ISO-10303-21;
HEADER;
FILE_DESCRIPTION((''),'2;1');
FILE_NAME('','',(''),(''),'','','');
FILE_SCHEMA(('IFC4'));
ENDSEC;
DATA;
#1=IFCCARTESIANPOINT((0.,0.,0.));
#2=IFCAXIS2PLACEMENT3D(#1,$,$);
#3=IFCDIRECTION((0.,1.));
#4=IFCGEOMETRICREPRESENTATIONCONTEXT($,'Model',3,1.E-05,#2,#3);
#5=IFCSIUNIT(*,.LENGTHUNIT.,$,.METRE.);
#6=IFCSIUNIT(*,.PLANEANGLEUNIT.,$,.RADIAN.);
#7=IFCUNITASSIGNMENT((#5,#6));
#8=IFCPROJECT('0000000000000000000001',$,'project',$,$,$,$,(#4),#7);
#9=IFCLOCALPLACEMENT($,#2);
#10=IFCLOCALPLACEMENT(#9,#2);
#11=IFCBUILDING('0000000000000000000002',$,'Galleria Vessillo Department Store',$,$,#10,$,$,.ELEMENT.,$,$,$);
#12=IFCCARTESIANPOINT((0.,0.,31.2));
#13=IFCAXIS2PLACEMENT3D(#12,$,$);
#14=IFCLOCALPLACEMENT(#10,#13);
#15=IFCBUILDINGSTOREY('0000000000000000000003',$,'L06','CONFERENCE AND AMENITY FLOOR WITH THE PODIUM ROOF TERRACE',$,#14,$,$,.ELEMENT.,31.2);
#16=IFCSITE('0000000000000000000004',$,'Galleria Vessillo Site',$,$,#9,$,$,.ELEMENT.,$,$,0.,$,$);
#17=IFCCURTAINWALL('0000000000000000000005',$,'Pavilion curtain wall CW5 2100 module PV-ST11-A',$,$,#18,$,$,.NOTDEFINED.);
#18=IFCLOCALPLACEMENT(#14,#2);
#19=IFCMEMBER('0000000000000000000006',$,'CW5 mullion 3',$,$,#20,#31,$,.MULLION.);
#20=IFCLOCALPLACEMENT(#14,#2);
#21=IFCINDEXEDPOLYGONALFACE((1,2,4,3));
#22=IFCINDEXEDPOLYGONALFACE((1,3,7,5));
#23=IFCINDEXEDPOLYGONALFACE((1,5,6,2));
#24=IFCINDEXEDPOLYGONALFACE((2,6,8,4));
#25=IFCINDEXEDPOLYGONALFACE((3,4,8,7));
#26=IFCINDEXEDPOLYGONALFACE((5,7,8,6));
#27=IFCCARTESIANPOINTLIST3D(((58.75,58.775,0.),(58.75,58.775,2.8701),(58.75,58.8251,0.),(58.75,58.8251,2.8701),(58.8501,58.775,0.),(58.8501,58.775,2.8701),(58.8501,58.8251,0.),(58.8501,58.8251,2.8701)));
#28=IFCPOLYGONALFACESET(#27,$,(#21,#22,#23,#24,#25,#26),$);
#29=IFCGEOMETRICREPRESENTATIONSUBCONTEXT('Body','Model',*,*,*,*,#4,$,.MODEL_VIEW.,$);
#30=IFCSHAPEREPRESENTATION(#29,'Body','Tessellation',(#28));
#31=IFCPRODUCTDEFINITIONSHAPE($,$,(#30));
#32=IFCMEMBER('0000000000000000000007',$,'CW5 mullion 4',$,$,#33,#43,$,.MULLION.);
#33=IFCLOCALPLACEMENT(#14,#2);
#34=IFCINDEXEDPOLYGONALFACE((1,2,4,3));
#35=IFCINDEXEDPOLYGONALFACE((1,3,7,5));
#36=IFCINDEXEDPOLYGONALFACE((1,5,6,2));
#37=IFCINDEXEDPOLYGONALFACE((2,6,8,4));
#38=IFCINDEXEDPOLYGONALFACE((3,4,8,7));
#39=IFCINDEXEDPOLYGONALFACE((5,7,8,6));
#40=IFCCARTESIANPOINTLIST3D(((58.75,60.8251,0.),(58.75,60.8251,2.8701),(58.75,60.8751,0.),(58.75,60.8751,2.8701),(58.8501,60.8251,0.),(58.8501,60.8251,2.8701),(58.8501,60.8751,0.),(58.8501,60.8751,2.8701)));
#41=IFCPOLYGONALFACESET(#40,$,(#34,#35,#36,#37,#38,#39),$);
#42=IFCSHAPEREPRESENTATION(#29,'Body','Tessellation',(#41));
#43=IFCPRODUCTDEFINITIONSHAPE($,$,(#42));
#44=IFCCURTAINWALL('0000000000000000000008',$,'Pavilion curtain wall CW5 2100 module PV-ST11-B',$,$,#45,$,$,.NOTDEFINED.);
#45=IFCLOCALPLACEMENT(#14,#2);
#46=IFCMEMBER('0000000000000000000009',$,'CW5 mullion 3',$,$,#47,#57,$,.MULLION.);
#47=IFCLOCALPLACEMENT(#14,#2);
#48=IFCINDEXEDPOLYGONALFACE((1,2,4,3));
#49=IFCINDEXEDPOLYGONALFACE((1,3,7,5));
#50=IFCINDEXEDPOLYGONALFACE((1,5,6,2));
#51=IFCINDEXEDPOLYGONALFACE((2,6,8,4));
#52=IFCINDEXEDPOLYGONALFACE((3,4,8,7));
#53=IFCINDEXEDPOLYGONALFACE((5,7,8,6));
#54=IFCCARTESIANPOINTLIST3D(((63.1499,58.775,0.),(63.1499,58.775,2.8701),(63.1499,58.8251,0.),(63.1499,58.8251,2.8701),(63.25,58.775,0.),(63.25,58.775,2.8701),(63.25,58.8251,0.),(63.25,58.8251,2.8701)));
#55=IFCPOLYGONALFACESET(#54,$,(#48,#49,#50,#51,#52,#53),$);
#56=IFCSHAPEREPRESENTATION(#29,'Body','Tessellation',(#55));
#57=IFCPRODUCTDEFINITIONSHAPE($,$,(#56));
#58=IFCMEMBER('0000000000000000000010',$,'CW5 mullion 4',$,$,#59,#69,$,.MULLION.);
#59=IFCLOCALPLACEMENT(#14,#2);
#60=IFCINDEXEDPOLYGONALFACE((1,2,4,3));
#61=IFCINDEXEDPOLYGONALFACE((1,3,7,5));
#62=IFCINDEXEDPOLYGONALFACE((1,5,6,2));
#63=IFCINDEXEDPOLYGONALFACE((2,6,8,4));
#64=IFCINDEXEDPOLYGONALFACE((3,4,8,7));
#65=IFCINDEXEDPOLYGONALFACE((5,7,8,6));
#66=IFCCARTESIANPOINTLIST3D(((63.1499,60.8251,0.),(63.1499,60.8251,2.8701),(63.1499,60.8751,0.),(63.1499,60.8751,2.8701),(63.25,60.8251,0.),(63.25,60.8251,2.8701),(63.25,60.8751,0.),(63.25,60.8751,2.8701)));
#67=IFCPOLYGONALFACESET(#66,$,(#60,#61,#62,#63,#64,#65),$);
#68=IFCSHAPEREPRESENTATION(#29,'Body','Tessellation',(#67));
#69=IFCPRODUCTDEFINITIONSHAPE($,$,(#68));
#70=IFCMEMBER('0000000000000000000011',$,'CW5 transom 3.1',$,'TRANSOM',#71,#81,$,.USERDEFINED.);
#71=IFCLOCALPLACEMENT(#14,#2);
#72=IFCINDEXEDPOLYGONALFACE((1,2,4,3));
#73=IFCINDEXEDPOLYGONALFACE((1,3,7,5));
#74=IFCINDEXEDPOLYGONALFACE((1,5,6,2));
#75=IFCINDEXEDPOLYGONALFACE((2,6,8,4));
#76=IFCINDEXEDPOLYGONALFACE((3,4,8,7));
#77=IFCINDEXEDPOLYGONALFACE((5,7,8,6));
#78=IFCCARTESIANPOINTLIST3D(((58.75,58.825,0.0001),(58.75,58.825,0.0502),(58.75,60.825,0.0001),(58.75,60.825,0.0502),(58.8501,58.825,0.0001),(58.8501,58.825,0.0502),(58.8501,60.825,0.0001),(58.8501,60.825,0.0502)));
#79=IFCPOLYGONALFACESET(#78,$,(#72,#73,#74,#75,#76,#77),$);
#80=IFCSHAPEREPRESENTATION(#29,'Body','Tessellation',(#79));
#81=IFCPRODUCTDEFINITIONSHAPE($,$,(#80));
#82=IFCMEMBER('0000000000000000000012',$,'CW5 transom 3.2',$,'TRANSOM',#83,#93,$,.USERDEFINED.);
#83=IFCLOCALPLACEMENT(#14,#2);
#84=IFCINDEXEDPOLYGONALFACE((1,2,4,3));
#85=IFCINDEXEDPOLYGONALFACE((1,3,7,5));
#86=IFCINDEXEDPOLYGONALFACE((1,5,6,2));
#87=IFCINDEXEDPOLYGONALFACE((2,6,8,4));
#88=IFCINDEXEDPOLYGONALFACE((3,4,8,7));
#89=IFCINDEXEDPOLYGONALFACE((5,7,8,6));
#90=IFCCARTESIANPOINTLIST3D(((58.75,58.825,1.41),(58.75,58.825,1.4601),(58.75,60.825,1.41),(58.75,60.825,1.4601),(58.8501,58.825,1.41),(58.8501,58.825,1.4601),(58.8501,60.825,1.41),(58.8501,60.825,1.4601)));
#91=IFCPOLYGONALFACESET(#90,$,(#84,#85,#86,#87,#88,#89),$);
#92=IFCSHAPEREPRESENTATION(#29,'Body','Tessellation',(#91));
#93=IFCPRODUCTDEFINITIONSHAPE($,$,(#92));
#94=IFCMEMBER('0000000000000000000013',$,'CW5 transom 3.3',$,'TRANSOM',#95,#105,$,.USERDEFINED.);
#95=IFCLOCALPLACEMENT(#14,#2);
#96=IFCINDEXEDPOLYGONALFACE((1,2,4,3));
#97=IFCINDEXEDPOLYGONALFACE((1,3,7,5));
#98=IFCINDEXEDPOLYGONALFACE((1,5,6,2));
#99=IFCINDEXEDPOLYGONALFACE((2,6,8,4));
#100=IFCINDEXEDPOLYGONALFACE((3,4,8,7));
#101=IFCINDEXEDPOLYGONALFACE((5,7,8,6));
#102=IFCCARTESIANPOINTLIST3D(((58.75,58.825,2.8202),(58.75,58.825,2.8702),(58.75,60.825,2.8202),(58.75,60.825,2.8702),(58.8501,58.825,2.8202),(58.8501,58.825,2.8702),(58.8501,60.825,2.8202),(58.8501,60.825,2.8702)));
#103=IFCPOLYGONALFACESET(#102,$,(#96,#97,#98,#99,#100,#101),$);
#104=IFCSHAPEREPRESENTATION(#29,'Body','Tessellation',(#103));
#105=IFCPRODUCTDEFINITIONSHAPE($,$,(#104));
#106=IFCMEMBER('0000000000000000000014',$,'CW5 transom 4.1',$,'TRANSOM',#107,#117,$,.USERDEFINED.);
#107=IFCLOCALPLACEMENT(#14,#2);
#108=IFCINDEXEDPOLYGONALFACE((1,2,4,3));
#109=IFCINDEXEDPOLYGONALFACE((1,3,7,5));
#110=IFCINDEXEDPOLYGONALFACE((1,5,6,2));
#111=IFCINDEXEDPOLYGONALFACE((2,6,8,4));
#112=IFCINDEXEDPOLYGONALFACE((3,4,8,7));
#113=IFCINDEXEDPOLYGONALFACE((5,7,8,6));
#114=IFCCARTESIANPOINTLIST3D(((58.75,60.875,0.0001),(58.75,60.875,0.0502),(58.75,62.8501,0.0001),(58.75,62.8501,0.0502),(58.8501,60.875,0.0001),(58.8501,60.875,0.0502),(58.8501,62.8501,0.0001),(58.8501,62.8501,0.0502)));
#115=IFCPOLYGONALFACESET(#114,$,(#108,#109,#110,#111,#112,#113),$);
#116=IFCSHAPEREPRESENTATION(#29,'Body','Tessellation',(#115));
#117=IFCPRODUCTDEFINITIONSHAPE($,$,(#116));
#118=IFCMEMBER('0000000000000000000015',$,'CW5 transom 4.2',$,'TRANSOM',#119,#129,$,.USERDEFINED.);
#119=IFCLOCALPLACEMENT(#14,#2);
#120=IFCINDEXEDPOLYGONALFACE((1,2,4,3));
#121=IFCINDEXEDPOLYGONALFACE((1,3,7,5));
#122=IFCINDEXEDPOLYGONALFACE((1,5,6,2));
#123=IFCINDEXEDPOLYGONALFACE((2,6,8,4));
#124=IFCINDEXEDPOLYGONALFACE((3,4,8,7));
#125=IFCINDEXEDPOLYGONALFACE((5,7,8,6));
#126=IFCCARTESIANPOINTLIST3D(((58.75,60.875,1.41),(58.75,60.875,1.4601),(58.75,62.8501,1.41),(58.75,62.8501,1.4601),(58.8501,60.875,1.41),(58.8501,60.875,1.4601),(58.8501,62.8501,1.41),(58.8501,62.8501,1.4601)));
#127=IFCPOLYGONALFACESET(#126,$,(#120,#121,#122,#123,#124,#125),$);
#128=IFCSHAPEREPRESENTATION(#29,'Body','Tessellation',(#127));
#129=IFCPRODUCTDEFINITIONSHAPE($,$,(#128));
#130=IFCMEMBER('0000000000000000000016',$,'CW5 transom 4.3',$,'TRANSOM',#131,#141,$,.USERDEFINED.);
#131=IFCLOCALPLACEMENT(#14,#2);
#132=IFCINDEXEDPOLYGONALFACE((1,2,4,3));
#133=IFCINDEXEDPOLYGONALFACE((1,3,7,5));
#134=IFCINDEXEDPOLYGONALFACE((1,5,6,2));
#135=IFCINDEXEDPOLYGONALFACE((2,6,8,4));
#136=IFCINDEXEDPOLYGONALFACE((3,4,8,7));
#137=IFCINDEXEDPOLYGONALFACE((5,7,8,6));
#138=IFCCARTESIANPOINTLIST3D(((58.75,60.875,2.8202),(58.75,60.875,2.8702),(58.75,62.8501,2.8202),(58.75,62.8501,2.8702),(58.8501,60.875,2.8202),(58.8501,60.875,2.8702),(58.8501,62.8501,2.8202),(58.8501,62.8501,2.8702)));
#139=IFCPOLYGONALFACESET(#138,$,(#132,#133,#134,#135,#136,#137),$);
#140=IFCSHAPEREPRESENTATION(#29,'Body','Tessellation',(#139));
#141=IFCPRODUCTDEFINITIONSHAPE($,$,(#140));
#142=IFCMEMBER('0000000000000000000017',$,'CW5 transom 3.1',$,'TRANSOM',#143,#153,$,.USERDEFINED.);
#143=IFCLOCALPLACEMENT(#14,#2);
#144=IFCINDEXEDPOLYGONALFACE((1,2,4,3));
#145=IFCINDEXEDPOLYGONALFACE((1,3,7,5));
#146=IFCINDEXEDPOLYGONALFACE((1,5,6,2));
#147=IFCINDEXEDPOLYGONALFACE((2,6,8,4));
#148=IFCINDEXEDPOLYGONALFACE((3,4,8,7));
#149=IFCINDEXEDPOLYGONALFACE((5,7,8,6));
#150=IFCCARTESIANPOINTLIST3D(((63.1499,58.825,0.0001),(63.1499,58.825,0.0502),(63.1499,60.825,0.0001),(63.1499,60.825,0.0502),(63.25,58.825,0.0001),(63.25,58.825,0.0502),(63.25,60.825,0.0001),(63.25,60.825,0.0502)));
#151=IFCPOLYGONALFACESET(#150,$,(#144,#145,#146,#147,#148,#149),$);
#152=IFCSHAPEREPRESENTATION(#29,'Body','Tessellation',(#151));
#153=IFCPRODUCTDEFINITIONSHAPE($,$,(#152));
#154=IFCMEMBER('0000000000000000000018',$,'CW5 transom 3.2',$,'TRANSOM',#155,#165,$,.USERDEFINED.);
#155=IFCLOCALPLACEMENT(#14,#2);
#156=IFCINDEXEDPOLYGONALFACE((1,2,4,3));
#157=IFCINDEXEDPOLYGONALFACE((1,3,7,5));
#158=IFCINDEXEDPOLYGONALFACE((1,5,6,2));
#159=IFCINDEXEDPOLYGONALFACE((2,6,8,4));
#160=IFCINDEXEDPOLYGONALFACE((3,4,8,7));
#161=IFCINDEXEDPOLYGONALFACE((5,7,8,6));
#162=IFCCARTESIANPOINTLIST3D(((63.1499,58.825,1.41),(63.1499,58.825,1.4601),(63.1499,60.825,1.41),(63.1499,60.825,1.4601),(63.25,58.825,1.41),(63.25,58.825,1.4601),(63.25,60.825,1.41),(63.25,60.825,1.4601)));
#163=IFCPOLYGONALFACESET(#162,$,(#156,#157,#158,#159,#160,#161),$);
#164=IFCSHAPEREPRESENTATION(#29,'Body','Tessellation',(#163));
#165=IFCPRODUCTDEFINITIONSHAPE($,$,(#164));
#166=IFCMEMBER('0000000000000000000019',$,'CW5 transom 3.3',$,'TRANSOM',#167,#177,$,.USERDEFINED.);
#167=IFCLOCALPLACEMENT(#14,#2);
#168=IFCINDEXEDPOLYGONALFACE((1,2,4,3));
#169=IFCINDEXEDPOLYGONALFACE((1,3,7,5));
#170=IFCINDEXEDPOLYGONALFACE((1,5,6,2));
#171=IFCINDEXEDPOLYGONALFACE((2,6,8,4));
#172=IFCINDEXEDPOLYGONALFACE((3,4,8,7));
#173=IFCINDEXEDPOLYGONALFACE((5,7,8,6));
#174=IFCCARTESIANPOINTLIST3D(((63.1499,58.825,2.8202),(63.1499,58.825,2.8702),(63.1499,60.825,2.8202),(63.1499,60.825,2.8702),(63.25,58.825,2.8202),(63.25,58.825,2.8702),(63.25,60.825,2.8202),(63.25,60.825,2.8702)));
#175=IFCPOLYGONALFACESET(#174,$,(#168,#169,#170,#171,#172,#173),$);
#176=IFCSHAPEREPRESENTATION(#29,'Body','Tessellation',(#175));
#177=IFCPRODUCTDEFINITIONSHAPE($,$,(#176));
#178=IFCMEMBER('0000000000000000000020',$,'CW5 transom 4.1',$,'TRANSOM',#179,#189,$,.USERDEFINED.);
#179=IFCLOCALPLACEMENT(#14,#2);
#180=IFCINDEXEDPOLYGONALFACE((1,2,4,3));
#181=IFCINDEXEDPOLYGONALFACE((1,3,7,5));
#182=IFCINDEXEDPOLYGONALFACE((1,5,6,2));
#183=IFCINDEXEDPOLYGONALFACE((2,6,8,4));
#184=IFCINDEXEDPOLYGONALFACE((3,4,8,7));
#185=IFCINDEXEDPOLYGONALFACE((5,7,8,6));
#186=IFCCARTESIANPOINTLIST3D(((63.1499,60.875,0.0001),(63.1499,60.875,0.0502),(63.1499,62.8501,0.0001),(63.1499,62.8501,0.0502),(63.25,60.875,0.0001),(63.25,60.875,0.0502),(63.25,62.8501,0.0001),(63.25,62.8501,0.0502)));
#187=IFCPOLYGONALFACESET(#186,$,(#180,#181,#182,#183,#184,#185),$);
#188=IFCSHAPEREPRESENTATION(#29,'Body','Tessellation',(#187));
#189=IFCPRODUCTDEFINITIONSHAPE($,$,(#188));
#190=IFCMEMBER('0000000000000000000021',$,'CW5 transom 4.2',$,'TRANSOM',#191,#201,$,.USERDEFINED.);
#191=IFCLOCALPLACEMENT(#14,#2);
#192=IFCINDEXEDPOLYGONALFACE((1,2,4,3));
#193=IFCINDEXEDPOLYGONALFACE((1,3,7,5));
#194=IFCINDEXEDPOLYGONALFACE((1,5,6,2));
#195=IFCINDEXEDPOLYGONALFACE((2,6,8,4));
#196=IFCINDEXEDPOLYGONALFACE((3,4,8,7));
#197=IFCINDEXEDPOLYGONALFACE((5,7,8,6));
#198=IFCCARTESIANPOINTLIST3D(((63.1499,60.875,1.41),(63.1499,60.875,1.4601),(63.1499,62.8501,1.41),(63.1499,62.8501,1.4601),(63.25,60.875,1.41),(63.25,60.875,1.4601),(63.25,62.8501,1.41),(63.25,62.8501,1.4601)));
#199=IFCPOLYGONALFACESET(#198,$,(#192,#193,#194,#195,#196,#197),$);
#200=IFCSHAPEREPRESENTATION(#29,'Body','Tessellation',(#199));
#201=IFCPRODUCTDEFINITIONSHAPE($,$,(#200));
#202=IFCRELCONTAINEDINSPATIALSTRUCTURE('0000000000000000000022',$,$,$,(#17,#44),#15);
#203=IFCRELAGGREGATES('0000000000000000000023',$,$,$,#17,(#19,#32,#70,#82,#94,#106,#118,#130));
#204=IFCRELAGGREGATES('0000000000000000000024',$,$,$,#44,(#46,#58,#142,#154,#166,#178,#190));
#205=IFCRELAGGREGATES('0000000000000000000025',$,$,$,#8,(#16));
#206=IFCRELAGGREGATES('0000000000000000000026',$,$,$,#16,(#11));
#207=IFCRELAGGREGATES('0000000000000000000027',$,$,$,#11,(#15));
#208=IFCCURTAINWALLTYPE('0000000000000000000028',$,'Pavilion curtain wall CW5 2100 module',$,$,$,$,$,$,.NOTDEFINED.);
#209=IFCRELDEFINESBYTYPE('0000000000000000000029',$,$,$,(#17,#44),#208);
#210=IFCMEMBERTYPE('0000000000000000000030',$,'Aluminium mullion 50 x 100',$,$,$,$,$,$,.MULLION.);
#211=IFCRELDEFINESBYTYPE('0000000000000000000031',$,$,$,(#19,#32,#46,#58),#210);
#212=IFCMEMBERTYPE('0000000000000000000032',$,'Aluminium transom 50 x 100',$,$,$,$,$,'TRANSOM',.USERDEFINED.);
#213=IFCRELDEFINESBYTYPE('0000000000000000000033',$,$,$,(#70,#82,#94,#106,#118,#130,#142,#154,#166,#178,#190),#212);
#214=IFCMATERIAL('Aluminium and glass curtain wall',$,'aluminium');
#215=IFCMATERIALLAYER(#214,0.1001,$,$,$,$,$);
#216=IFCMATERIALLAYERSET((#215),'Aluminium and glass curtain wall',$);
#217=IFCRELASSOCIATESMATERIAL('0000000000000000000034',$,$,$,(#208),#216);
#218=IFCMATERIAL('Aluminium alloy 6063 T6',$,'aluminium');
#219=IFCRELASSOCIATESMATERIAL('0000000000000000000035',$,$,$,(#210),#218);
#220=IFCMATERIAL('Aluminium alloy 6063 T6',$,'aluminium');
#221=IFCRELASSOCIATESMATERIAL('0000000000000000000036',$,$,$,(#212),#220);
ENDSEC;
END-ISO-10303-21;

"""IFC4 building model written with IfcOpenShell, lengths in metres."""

from ifc_helpers import new_model, si_unit, direction, frame, origin, origin_2d, place, context, subcontext, project, spatial, rectangle, extrude, material, layer, layer_set, material_profile, profile_set, type_object, element, aggregate, save


model = new_model("IFC4")

# Units and contexts
model_context = context("Model", 3, precision=1e-05, world=origin(), true_north=direction((0.0, 1.0)))
body_context = subcontext(model_context, "Body", "Model", "MODEL_VIEW")
ifc_project = project(units=[si_unit("LENGTHUNIT", "METRE"), si_unit("PLANEANGLEUNIT", "RADIAN")], contexts=[model_context])

# Site, building, storey
site_placement = place(None, origin())
site = spatial("IfcSite", under=ifc_project, at=site_placement, Name="Galleria Vessillo Site", CompositionType="ELEMENT", RefElevation=0.0)
building_placement = place(site_placement, origin())
building = spatial("IfcBuilding", under=site, at=building_placement, Name="Galleria Vessillo Department Store", CompositionType="ELEMENT")
storey_placement = place(building_placement, frame((0.0, 0.0, 31.2)))
storey = spatial("IfcBuildingStorey", under=building, at=storey_placement, Name="L06", Description="CONFERENCE AND AMENITY FLOOR WITH THE PODIUM ROOF TERRACE", CompositionType="ELEMENT", Elevation=31.2)

# Curtain walls, members
ifc_material_1 = material(Name="Aluminium and glass curtain wall", Category="aluminium")
ifc_layer_1 = layer(ifc_material_1, 0.1001)
ifc_layer_set_1 = layer_set([ifc_layer_1], Name="Aluminium and glass curtain wall")
curtain_wall_type = type_object("IfcCurtainWallType", Name="Pavilion curtain wall CW5 2100 module", PredefinedType="NOTDEFINED", material=ifc_layer_set_1)
curtain_wall_1_placement = place(storey_placement, origin())
curtain_wall_1 = element("IfcCurtainWall", 1, at=curtain_wall_1_placement, inside=storey, type_object=curtain_wall_type, Name="Pavilion curtain wall CW5 2100 module PV-ST11-A", PredefinedType="NOTDEFINED")
ifc_material_2 = material(Name="Aluminium alloy 6063 T6", Category="aluminium")
ifc_material_profile_1 = material_profile(ifc_material_2, rectangle(XDim=0.1001, YDim=0.05, at=origin_2d()), Name="AL 50x100")
ifc_profile_set_1 = profile_set([ifc_material_profile_1], Name="Aluminium alloy 6063 T6")
member_type_1 = type_object("IfcMemberType", Name="Aluminium mullion 50 x 100", PredefinedType="MULLION", material=ifc_profile_set_1)
member_1_placement = place(storey_placement, frame((58.8, 58.8, 0.0), z_axis=(0.0, 0.0, 1.0), x_axis=(-1.0, 0.0, 0.0)))
member_1 = element("IfcMember", 2, at=member_1_placement, type_object=member_type_1, Name="CW5 mullion 3", PredefinedType="MULLION", context=body_context, shape_type="SweptSolid", body=[
    extrude(rectangle(XDim=0.1001, YDim=0.05, at=origin_2d()), origin(), (0.0, 0.0, 1.0), 2.8701),
])
member_2_placement = place(storey_placement, frame((58.8, 60.8501, 0.0), z_axis=(0.0, 0.0, 1.0), x_axis=(-1.0, 0.0, 0.0)))
member_2 = element("IfcMember", 3, at=member_2_placement, type_object=member_type_1, Name="CW5 mullion 4", PredefinedType="MULLION", context=body_context, shape_type="SweptSolid", body=[
    extrude(rectangle(XDim=0.1001, YDim=0.05, at=origin_2d()), origin(), (0.0, 0.0, 1.0), 2.8701),
])
curtain_wall_2_placement = place(storey_placement, origin())
curtain_wall_2 = element("IfcCurtainWall", 4, at=curtain_wall_2_placement, inside=storey, type_object=curtain_wall_type, Name="Pavilion curtain wall CW5 2100 module PV-ST11-B", PredefinedType="NOTDEFINED")
member_3_placement = place(storey_placement, frame((63.2, 58.8, 0.0), z_axis=(0.0, 0.0, 1.0), x_axis=(-1.0, 0.0, 0.0)))
member_3 = element("IfcMember", 5, at=member_3_placement, type_object=member_type_1, Name="CW5 mullion 3", PredefinedType="MULLION", context=body_context, shape_type="SweptSolid", body=[
    extrude(rectangle(XDim=0.1001, YDim=0.05, at=origin_2d()), origin(), (0.0, 0.0, 1.0), 2.8701),
])
member_4_placement = place(storey_placement, frame((63.2, 60.8501, 0.0), z_axis=(0.0, 0.0, 1.0), x_axis=(-1.0, 0.0, 0.0)))
member_4 = element("IfcMember", 6, at=member_4_placement, type_object=member_type_1, Name="CW5 mullion 4", PredefinedType="MULLION", context=body_context, shape_type="SweptSolid", body=[
    extrude(rectangle(XDim=0.1001, YDim=0.05, at=origin_2d()), origin(), (0.0, 0.0, 1.0), 2.8701),
])

# Members
ifc_material_3 = material(Name="Aluminium alloy 6063 T6", Category="aluminium")
ifc_material_profile_2 = material_profile(ifc_material_3, rectangle(XDim=0.1001, YDim=0.05, at=origin_2d()), Name="AL 50x100")
ifc_profile_set_2 = profile_set([ifc_material_profile_2], Name="Aluminium alloy 6063 T6")
member_type_2 = type_object("IfcMemberType", Name="Aluminium transom 50 x 100", ElementType="TRANSOM", PredefinedType="USERDEFINED", material=ifc_profile_set_2)
member_5_placement = place(storey_placement, frame((58.8, 58.825, 0.0251), z_axis=(0.0, 1.0, 0.0), x_axis=(-1.0, 0.0, 0.0)))
member_5 = element("IfcMember", 7, at=member_5_placement, type_object=member_type_2, Name="CW5 transom 3.1", ObjectType="TRANSOM", PredefinedType="USERDEFINED", context=body_context, shape_type="SweptSolid", body=[
    extrude(rectangle(XDim=0.1001, YDim=0.05, at=origin_2d()), origin(), (0.0, 0.0, 1.0), 2.0),
])
member_6_placement = place(storey_placement, frame((58.8, 58.825, 1.4351), z_axis=(0.0, 1.0, 0.0), x_axis=(-1.0, 0.0, 0.0)))
member_6 = element("IfcMember", 8, at=member_6_placement, type_object=member_type_2, Name="CW5 transom 3.2", ObjectType="TRANSOM", PredefinedType="USERDEFINED", context=body_context, shape_type="SweptSolid", body=[
    extrude(rectangle(XDim=0.1001, YDim=0.05, at=origin_2d()), origin(), (0.0, 0.0, 1.0), 2.0),
])
member_7_placement = place(storey_placement, frame((58.8, 58.825, 2.8452), z_axis=(0.0, 1.0, 0.0), x_axis=(-1.0, 0.0, 0.0)))
member_7 = element("IfcMember", 9, at=member_7_placement, type_object=member_type_2, Name="CW5 transom 3.3", ObjectType="TRANSOM", PredefinedType="USERDEFINED", context=body_context, shape_type="SweptSolid", body=[
    extrude(rectangle(XDim=0.1001, YDim=0.05, at=origin_2d()), origin(), (0.0, 0.0, 1.0), 2.0),
])
member_8_placement = place(storey_placement, frame((58.8, 60.875, 0.0251), z_axis=(0.0, 1.0, 0.0), x_axis=(-1.0, 0.0, 0.0)))
member_8 = element("IfcMember", 10, at=member_8_placement, type_object=member_type_2, Name="CW5 transom 4.1", ObjectType="TRANSOM", PredefinedType="USERDEFINED", context=body_context, shape_type="SweptSolid", body=[
    extrude(rectangle(XDim=0.1001, YDim=0.05, at=origin_2d()), origin(), (0.0, 0.0, 1.0), 1.9751),
])
member_9_placement = place(storey_placement, frame((58.8, 60.875, 1.4351), z_axis=(0.0, 1.0, 0.0), x_axis=(-1.0, 0.0, 0.0)))
member_9 = element("IfcMember", 11, at=member_9_placement, type_object=member_type_2, Name="CW5 transom 4.2", ObjectType="TRANSOM", PredefinedType="USERDEFINED", context=body_context, shape_type="SweptSolid", body=[
    extrude(rectangle(XDim=0.1001, YDim=0.05, at=origin_2d()), origin(), (0.0, 0.0, 1.0), 1.9751),
])
member_10_placement = place(storey_placement, frame((58.8, 60.875, 2.8452), z_axis=(0.0, 1.0, 0.0), x_axis=(-1.0, 0.0, 0.0)))
member_10 = element("IfcMember", 12, at=member_10_placement, type_object=member_type_2, Name="CW5 transom 4.3", ObjectType="TRANSOM", PredefinedType="USERDEFINED", context=body_context, shape_type="SweptSolid", body=[
    extrude(rectangle(XDim=0.1001, YDim=0.05, at=origin_2d()), origin(), (0.0, 0.0, 1.0), 1.9751),
])
member_11_placement = place(storey_placement, frame((63.2, 58.825, 0.0251), z_axis=(0.0, 1.0, 0.0), x_axis=(-1.0, 0.0, 0.0)))
member_11 = element("IfcMember", 13, at=member_11_placement, type_object=member_type_2, Name="CW5 transom 3.1", ObjectType="TRANSOM", PredefinedType="USERDEFINED", context=body_context, shape_type="SweptSolid", body=[
    extrude(rectangle(XDim=0.1001, YDim=0.05, at=origin_2d()), origin(), (0.0, 0.0, 1.0), 2.0),
])
member_12_placement = place(storey_placement, frame((63.2, 58.825, 1.4351), z_axis=(0.0, 1.0, 0.0), x_axis=(-1.0, 0.0, 0.0)))
member_12 = element("IfcMember", 14, at=member_12_placement, type_object=member_type_2, Name="CW5 transom 3.2", ObjectType="TRANSOM", PredefinedType="USERDEFINED", context=body_context, shape_type="SweptSolid", body=[
    extrude(rectangle(XDim=0.1001, YDim=0.05, at=origin_2d()), origin(), (0.0, 0.0, 1.0), 2.0),
])
member_13_placement = place(storey_placement, frame((63.2, 58.825, 2.8452), z_axis=(0.0, 1.0, 0.0), x_axis=(-1.0, 0.0, 0.0)))
member_13 = element("IfcMember", 15, at=member_13_placement, type_object=member_type_2, Name="CW5 transom 3.3", ObjectType="TRANSOM", PredefinedType="USERDEFINED", context=body_context, shape_type="SweptSolid", body=[
    extrude(rectangle(XDim=0.1001, YDim=0.05, at=origin_2d()), origin(), (0.0, 0.0, 1.0), 2.0),
])
member_14_placement = place(storey_placement, frame((63.2, 60.875, 0.0251), z_axis=(0.0, 1.0, 0.0), x_axis=(-1.0, 0.0, 0.0)))
member_14 = element("IfcMember", 16, at=member_14_placement, type_object=member_type_2, Name="CW5 transom 4.1", ObjectType="TRANSOM", PredefinedType="USERDEFINED", context=body_context, shape_type="SweptSolid", body=[
    extrude(rectangle(XDim=0.1001, YDim=0.05, at=origin_2d()), origin(), (0.0, 0.0, 1.0), 1.9751),
])
member_15_placement = place(storey_placement, frame((63.2, 60.875, 1.4351), z_axis=(0.0, 1.0, 0.0), x_axis=(-1.0, 0.0, 0.0)))
member_15 = element("IfcMember", 17, at=member_15_placement, type_object=member_type_2, Name="CW5 transom 4.2", ObjectType="TRANSOM", PredefinedType="USERDEFINED", context=body_context, shape_type="SweptSolid", body=[
    extrude(rectangle(XDim=0.1001, YDim=0.05, at=origin_2d()), origin(), (0.0, 0.0, 1.0), 1.9751),
])

aggregate(curtain_wall_1, [member_1, member_2, member_5, member_6, member_7, member_8, member_9, member_10])
aggregate(curtain_wall_2, [member_3, member_4, member_11, member_12, member_13, member_14, member_15])

save(model, "model.ifc")
